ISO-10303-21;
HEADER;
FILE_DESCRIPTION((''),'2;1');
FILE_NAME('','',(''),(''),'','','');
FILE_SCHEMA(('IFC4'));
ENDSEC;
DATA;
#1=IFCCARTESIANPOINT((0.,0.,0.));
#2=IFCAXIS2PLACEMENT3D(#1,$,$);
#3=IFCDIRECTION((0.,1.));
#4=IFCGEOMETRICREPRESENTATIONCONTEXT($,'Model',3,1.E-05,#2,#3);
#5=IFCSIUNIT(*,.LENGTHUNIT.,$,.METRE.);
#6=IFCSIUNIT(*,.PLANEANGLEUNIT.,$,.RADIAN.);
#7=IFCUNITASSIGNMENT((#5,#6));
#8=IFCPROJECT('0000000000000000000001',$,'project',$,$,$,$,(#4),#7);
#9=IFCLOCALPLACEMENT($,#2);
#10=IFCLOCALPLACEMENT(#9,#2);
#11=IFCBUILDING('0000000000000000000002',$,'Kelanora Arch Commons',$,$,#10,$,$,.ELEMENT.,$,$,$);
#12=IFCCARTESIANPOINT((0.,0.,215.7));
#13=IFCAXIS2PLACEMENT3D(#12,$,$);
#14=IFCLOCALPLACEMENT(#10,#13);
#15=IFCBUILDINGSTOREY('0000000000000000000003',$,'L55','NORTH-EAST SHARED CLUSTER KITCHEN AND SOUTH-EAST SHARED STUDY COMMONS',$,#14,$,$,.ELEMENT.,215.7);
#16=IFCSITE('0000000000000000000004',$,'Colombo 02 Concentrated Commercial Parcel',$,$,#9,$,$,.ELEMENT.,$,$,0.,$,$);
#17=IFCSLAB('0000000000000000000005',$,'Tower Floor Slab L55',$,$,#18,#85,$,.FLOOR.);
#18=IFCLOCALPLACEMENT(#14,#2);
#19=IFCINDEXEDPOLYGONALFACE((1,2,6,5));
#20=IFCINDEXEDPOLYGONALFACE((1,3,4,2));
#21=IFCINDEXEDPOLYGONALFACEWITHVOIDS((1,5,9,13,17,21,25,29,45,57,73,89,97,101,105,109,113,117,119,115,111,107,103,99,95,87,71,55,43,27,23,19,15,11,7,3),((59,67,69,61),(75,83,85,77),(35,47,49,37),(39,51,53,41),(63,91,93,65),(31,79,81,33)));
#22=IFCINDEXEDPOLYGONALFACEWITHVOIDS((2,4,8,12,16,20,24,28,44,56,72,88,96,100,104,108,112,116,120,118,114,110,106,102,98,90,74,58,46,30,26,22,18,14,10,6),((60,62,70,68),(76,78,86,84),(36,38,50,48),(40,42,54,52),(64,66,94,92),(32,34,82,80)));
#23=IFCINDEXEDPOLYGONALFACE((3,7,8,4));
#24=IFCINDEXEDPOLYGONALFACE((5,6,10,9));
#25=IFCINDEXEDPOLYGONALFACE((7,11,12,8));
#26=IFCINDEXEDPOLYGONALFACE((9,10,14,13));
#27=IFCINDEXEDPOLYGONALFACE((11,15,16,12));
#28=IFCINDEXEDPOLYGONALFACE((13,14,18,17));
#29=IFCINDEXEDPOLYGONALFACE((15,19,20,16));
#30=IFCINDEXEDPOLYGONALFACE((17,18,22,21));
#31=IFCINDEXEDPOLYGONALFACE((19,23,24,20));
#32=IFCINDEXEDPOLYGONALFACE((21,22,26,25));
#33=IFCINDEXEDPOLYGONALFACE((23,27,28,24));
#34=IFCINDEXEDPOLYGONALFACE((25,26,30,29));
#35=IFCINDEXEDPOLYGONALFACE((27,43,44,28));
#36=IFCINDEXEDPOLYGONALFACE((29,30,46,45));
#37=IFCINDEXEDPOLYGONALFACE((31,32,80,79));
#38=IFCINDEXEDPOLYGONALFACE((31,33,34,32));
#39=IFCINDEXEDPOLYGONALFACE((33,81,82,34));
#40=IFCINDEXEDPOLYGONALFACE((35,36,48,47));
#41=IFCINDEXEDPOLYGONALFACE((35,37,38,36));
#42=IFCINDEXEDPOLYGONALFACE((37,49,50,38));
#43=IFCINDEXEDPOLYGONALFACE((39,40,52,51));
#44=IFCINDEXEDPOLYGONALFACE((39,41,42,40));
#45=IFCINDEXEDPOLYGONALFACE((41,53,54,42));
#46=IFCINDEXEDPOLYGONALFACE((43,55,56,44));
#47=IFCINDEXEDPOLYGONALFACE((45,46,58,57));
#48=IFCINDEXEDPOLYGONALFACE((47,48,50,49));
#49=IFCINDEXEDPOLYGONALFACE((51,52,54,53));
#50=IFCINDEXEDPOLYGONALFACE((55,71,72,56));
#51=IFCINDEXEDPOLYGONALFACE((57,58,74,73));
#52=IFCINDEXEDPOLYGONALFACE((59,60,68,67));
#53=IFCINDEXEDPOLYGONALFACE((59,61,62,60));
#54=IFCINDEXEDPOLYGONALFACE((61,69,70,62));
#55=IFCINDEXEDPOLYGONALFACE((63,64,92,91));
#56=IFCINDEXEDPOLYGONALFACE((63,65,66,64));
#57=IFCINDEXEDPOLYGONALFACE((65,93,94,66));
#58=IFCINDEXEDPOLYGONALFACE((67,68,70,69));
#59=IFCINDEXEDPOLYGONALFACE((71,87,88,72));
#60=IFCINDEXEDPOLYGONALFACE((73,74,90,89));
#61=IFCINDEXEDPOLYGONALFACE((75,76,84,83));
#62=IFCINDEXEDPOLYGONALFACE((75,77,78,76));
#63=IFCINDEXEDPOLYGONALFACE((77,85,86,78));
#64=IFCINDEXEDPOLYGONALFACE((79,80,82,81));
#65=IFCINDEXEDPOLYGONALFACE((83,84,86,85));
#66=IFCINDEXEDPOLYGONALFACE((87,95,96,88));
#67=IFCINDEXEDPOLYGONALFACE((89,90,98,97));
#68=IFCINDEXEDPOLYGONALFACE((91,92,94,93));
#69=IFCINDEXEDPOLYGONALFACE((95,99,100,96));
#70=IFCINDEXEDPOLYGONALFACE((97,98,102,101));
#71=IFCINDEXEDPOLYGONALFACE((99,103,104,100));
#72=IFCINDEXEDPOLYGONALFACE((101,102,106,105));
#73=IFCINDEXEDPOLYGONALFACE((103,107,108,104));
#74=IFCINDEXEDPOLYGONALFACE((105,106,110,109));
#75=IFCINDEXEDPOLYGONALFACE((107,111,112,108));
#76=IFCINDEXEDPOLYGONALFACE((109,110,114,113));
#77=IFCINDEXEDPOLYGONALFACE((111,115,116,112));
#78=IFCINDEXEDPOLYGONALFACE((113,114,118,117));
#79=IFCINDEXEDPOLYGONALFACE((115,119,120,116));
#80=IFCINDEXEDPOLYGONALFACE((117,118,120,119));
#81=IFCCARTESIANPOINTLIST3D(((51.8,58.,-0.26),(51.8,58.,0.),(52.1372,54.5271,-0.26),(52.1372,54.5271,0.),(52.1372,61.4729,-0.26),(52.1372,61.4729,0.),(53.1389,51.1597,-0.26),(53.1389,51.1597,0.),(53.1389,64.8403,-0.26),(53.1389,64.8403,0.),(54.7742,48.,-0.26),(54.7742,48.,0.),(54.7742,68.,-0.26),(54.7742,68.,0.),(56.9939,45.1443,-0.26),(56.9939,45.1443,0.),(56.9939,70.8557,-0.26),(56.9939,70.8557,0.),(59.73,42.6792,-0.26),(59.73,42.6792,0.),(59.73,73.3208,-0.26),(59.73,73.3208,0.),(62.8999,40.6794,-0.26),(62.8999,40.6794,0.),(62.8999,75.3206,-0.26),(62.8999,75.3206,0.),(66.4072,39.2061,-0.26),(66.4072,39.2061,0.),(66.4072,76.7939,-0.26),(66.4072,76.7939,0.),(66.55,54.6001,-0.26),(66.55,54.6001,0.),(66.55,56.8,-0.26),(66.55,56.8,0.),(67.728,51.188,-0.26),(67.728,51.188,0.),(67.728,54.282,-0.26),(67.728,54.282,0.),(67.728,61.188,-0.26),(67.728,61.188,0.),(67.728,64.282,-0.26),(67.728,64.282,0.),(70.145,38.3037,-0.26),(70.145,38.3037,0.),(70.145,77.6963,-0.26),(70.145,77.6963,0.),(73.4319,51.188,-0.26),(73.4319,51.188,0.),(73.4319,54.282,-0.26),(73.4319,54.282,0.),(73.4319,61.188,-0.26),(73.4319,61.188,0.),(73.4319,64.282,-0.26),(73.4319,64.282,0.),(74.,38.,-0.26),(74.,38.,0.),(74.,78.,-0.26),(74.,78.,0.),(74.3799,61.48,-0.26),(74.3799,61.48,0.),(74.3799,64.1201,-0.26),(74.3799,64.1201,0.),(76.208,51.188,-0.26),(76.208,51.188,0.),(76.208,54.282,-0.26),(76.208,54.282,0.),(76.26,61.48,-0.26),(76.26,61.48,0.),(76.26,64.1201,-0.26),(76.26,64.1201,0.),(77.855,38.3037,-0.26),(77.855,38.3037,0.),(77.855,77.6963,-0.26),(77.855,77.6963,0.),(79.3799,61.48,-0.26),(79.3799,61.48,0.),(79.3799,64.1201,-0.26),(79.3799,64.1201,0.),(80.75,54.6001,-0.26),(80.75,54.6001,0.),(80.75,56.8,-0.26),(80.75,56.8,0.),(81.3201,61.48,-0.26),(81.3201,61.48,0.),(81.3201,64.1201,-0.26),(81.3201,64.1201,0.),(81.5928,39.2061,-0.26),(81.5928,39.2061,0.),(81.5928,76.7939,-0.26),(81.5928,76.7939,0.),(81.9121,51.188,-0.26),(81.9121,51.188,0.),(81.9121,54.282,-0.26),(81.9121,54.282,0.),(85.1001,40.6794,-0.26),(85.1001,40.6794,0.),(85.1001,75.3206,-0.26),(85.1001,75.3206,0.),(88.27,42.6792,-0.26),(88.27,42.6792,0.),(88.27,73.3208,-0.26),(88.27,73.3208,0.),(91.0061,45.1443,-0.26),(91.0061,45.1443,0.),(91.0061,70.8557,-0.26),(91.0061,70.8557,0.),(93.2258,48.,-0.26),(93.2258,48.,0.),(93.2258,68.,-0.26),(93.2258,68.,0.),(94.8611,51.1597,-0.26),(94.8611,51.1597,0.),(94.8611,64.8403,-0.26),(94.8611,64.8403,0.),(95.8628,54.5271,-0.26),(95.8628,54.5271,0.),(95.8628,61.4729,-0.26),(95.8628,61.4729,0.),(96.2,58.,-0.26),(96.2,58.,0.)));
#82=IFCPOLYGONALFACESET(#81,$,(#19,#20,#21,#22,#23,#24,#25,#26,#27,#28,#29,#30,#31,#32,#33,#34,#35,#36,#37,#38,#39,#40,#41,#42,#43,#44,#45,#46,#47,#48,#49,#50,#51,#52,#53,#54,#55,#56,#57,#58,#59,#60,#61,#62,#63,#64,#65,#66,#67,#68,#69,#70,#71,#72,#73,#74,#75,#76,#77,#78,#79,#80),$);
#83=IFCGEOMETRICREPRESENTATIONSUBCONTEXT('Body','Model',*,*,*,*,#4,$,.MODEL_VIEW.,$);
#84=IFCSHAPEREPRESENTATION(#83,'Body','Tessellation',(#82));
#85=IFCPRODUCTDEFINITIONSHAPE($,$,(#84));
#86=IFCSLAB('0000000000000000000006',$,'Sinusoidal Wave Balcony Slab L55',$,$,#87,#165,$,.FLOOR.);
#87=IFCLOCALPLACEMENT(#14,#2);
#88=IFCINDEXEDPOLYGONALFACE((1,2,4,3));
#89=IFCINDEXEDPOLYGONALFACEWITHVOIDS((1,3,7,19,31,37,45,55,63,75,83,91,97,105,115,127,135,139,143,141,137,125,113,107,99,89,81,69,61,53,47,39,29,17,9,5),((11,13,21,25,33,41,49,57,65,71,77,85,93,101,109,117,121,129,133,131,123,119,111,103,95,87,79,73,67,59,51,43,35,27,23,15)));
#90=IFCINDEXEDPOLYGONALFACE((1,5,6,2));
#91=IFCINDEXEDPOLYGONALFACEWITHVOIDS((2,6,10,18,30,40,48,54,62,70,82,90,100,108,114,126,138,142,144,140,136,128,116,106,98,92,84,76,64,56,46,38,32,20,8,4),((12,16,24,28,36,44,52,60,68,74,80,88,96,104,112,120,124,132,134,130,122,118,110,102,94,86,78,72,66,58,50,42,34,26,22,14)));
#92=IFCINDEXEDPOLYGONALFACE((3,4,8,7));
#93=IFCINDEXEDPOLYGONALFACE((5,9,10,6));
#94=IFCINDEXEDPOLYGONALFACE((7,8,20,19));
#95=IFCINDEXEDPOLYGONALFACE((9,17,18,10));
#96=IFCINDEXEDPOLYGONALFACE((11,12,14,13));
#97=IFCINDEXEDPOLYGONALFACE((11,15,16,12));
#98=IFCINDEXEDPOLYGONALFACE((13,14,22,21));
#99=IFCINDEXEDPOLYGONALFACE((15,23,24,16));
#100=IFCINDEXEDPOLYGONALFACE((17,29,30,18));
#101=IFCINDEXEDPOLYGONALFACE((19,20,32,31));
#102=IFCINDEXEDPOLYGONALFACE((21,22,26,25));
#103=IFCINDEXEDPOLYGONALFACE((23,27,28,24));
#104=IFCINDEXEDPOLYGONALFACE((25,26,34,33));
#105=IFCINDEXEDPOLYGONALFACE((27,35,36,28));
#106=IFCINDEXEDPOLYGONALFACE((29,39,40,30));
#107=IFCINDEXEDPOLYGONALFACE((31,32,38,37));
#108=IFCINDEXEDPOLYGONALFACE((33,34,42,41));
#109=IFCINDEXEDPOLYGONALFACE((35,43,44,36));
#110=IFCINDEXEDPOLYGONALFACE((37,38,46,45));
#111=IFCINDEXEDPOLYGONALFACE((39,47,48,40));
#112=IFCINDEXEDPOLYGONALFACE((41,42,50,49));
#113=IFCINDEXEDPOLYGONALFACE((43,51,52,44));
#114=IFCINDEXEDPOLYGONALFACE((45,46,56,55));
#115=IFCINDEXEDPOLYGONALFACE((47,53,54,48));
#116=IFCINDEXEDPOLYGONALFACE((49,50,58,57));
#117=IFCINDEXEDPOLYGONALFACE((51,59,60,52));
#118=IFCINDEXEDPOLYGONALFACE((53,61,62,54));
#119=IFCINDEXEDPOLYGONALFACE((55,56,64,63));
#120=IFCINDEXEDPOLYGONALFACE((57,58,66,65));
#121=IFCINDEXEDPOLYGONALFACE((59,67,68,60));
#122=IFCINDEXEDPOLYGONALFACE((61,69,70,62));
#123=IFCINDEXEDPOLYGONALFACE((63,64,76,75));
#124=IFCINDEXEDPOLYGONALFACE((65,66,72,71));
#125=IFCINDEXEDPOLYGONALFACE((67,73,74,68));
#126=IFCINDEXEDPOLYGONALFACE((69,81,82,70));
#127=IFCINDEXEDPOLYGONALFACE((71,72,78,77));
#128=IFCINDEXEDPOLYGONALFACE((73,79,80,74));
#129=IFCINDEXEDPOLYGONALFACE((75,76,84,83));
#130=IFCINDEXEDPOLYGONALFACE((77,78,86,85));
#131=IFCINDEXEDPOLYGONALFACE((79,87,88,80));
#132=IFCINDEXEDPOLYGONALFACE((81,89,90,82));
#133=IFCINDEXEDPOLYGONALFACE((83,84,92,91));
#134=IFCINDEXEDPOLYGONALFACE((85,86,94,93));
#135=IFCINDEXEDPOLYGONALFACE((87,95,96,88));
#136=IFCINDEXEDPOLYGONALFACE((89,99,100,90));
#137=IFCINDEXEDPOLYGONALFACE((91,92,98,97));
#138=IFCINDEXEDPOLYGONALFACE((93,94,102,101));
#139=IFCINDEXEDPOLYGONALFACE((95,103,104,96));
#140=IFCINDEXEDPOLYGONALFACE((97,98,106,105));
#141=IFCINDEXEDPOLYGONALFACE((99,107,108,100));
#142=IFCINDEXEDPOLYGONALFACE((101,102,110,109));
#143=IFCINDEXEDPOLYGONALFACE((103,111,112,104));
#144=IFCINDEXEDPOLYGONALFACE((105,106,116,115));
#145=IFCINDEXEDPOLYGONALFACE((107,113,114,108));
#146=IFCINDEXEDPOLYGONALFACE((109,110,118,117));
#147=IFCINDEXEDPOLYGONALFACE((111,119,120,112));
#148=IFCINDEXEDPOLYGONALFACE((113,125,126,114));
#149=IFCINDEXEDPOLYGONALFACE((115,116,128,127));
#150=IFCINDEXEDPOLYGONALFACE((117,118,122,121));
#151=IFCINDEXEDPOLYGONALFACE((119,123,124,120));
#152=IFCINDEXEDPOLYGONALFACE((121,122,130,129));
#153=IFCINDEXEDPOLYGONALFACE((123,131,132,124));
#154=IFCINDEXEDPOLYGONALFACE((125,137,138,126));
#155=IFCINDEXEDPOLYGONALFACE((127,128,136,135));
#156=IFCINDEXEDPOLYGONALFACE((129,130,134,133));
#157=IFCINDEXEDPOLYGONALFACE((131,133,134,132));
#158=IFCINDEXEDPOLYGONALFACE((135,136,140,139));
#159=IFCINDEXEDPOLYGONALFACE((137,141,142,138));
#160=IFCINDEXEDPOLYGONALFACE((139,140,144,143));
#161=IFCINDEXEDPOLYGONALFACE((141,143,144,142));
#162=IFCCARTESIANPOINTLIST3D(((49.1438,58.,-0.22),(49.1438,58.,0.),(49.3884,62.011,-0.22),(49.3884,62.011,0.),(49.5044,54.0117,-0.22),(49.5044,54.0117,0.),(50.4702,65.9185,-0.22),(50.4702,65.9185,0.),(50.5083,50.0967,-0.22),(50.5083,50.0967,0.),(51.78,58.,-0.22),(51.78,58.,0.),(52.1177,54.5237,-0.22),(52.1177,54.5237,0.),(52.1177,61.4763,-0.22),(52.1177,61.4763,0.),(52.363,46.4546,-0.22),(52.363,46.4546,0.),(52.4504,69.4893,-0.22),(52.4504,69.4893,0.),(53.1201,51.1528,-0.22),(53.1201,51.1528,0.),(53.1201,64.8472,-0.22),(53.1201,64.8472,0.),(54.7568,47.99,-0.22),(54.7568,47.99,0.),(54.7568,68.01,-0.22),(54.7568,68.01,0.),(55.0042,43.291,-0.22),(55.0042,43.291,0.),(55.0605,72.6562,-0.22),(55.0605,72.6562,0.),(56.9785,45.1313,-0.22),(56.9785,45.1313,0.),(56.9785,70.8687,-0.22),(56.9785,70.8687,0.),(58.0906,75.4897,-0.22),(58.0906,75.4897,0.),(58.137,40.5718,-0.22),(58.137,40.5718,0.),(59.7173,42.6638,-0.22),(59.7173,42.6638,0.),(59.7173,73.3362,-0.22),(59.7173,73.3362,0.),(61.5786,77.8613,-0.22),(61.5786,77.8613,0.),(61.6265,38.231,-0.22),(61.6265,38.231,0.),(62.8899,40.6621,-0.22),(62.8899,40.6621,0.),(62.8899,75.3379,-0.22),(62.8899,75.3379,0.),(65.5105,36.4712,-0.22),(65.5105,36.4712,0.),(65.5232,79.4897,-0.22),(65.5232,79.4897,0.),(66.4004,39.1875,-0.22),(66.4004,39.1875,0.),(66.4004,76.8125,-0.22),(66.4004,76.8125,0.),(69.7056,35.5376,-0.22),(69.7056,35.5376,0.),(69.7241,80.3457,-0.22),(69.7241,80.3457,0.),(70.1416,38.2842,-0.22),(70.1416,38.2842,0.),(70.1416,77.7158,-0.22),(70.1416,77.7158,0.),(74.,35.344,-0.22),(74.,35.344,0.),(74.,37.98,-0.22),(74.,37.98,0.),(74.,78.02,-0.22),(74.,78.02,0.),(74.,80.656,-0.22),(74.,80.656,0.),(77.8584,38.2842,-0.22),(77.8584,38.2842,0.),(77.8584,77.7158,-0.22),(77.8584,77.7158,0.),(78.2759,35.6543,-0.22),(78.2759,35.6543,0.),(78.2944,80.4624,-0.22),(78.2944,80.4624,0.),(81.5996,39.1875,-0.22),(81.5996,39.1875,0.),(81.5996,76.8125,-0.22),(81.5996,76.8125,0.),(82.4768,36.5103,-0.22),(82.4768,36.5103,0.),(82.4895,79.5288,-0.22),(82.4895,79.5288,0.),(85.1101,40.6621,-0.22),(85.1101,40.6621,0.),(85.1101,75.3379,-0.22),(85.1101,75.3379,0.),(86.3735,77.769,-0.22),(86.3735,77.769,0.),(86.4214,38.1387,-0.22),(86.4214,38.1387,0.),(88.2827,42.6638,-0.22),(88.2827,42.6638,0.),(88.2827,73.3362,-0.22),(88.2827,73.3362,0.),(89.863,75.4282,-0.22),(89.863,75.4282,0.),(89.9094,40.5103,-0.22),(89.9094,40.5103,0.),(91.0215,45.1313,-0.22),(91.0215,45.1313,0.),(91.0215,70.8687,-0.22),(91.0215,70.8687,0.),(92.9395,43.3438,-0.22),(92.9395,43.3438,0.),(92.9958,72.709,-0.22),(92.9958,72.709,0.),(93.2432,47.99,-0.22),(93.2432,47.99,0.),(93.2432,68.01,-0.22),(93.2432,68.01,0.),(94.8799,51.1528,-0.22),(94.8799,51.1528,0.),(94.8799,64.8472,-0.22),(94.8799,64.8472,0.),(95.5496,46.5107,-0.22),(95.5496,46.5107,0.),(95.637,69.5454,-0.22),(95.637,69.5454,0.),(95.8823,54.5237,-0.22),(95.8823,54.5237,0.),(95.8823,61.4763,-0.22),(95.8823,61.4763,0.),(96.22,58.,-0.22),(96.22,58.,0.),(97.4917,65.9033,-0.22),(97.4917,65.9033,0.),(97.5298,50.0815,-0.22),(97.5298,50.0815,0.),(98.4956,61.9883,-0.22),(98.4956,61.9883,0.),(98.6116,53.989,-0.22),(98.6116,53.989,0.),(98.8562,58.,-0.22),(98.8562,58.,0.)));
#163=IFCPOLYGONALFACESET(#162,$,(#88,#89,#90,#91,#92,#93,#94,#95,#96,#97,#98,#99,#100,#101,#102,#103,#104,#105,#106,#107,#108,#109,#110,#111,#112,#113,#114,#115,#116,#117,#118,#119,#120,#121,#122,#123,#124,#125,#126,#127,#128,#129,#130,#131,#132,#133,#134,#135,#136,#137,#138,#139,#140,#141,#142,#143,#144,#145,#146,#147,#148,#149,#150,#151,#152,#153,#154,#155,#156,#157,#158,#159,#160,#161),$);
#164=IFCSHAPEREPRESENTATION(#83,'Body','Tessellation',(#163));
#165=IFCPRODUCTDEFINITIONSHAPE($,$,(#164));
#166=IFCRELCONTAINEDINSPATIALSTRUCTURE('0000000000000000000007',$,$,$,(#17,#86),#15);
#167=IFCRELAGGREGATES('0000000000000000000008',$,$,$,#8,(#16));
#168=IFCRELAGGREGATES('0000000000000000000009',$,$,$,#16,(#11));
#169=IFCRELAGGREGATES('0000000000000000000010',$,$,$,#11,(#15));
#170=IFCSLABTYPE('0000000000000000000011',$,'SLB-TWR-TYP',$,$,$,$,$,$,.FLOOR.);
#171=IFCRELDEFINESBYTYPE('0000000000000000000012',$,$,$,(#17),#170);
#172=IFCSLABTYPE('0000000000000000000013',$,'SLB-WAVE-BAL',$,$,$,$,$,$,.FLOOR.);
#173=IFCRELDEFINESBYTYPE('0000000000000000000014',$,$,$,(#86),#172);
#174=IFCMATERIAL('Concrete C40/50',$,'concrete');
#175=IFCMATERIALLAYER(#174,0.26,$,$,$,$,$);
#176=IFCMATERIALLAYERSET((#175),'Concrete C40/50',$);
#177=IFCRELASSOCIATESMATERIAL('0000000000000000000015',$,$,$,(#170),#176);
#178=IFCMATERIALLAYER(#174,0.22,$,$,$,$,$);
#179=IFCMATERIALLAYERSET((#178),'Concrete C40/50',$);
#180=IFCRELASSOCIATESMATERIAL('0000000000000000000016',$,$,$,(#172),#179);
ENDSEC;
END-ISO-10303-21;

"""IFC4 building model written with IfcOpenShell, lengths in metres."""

from ifc_helpers import new_model, si_unit, direction, frame, origin, place, context, subcontext, project, spatial, polyline, outline, extrude, material, layer, layer_set, type_object, element, save


model = new_model("IFC4")

# Units and contexts
model_context = context("Model", 3, precision=1e-05, world=origin(), true_north=direction((0.0, 1.0)))
body_context = subcontext(model_context, "Body", "Model", "MODEL_VIEW")
ifc_project = project(units=[si_unit("LENGTHUNIT", "METRE"), si_unit("PLANEANGLEUNIT", "RADIAN")], contexts=[model_context])

# Site, building, storey
site_placement = place(None, origin())
site = spatial("IfcSite", under=ifc_project, at=site_placement, Name="Colombo 02 Concentrated Commercial Parcel", CompositionType="ELEMENT", RefElevation=0.0)
building_placement = place(site_placement, origin())
building = spatial("IfcBuilding", under=site, at=building_placement, Name="Kelanora Arch Commons", CompositionType="ELEMENT")
storey_placement = place(building_placement, frame((0.0, 0.0, 215.7)))
storey = spatial("IfcBuildingStorey", under=building, at=storey_placement, Name="L55", Description="NORTH-EAST SHARED CLUSTER KITCHEN AND SOUTH-EAST SHARED STUDY COMMONS", CompositionType="ELEMENT", Elevation=215.7)

# Shared definitions
ifc_material_1 = material(Name="Concrete C40/50", Category="concrete")

# Slabs
ifc_layer_1 = layer(ifc_material_1, 0.26)
ifc_layer_set_1 = layer_set([ifc_layer_1], Name="Concrete C40/50")
slab_type_1 = type_object("IfcSlabType", Name="SLB-TWR-TYP", PredefinedType="FLOOR", material=ifc_layer_set_1)
slab_1_placement = place(storey_placement, frame((0.0, 0.0, -0.26)))
element("IfcSlab", 1, at=slab_1_placement, inside=storey, type_object=slab_type_1, Name="Tower Floor Slab L55", PredefinedType="FLOOR", context=body_context, shape_type="SweptSolid", body=[
    extrude(outline(polyline([(96.2, 58.0), (95.8628, 61.4729), (94.8611, 64.8403), (93.2258, 68.0), (91.0061, 70.8557), (88.27, 73.3208), (85.1001, 75.3206), (81.5928, 76.7939), (77.855, 77.6963), (74.0, 78.0), (70.145, 77.6963), (66.4072, 76.7939), (62.8999, 75.3206), (59.73, 73.3208), (56.9939, 70.8557), (54.7742, 68.0), (53.1389, 64.8403), (52.1372, 61.4729), (51.8, 58.0), (52.1372, 54.5271), (53.1389, 51.1597), (54.7742, 48.0), (56.9939, 45.1443), (59.73, 42.6792), (62.8999, 40.6794), (66.4072, 39.2061), (70.145, 38.3037), (74.0, 38.0), (77.855, 38.3037), (81.5928, 39.2061), (85.1001, 40.6794), (88.27, 42.6792), (91.0061, 45.1443), (93.2258, 48.0), (94.8611, 51.1597), (95.8628, 54.5271), (96.2, 58.0)]), holes=[polyline([(73.4319, 51.188), (67.728, 51.188), (67.728, 54.282), (73.4319, 54.282), (73.4319, 51.188)]), polyline([(76.208, 51.188), (76.208, 54.282), (81.9121, 54.282), (81.9121, 51.188), (76.208, 51.188)]), polyline([(66.55, 54.6001), (66.55, 56.8), (80.75, 56.8), (80.75, 54.6001), (66.55, 54.6001)]), polyline([(73.4319, 61.188), (67.728, 61.188), (67.728, 64.282), (73.4319, 64.282), (73.4319, 61.188)]), polyline([(74.3799, 61.48), (74.3799, 64.1201), (76.26, 64.1201), (76.26, 61.48), (74.3799, 61.48)]), polyline([(79.3799, 61.48), (79.3799, 64.1201), (81.3201, 64.1201), (81.3201, 61.48), (79.3799, 61.48)])]), origin(), (0.0, 0.0, 1.0), 0.26),
])
ifc_layer_2 = layer(ifc_material_1, 0.22)
ifc_layer_set_2 = layer_set([ifc_layer_2], Name="Concrete C40/50")
slab_type_2 = type_object("IfcSlabType", Name="SLB-WAVE-BAL", PredefinedType="FLOOR", material=ifc_layer_set_2)
slab_2_placement = place(storey_placement, frame((0.0, 0.0, -0.22)))
element("IfcSlab", 2, at=slab_2_placement, inside=storey, type_object=slab_type_2, Name="Sinusoidal Wave Balcony Slab L55", PredefinedType="FLOOR", context=body_context, shape_type="SweptSolid", body=[
    extrude(outline(polyline([(98.8562, 58.0), (98.4956, 61.9883), (97.4917, 65.9033), (95.637, 69.5454), (92.9958, 72.709), (89.863, 75.4282), (86.3735, 77.769), (82.4895, 79.5288), (78.2944, 80.4624), (74.0, 80.656), (69.7241, 80.3457), (65.5232, 79.4897), (61.5786, 77.8613), (58.0906, 75.4897), (55.0605, 72.6562), (52.4504, 69.4893), (50.4702, 65.9185), (49.3884, 62.011), (49.1438, 58.0), (49.5044, 54.0117), (50.5083, 50.0967), (52.363, 46.4546), (55.0042, 43.291), (58.137, 40.5718), (61.6265, 38.231), (65.5105, 36.4712), (69.7056, 35.5376), (74.0, 35.344), (78.2759, 35.6543), (82.4768, 36.5103), (86.4214, 38.1387), (89.9094, 40.5103), (92.9395, 43.3438), (95.5496, 46.5107), (97.5298, 50.0815), (98.6116, 53.989), (98.8562, 58.0)]), holes=[polyline([(95.8823, 54.5237), (94.8799, 51.1528), (93.2432, 47.99), (91.0215, 45.1313), (88.2827, 42.6638), (85.1101, 40.6621), (81.5996, 39.1875), (77.8584, 38.2842), (74.0, 37.98), (70.1416, 38.2842), (66.4004, 39.1875), (62.8899, 40.6621), (59.7173, 42.6638), (56.9785, 45.1313), (54.7568, 47.99), (53.1201, 51.1528), (52.1177, 54.5237), (51.78, 58.0), (52.1177, 61.4763), (53.1201, 64.8472), (54.7568, 68.01), (56.9785, 70.8687), (59.7173, 73.3362), (62.8899, 75.3379), (66.4004, 76.8125), (70.1416, 77.7158), (74.0, 78.02), (77.8584, 77.7158), (81.5996, 76.8125), (85.1101, 75.3379), (88.2827, 73.3362), (91.0215, 70.8687), (93.2432, 68.01), (94.8799, 64.8472), (95.8823, 61.4763), (96.22, 58.0), (95.8823, 54.5237)])]), origin(), (0.0, 0.0, 1.0), 0.22),
])

save(model, "model.ifc")
